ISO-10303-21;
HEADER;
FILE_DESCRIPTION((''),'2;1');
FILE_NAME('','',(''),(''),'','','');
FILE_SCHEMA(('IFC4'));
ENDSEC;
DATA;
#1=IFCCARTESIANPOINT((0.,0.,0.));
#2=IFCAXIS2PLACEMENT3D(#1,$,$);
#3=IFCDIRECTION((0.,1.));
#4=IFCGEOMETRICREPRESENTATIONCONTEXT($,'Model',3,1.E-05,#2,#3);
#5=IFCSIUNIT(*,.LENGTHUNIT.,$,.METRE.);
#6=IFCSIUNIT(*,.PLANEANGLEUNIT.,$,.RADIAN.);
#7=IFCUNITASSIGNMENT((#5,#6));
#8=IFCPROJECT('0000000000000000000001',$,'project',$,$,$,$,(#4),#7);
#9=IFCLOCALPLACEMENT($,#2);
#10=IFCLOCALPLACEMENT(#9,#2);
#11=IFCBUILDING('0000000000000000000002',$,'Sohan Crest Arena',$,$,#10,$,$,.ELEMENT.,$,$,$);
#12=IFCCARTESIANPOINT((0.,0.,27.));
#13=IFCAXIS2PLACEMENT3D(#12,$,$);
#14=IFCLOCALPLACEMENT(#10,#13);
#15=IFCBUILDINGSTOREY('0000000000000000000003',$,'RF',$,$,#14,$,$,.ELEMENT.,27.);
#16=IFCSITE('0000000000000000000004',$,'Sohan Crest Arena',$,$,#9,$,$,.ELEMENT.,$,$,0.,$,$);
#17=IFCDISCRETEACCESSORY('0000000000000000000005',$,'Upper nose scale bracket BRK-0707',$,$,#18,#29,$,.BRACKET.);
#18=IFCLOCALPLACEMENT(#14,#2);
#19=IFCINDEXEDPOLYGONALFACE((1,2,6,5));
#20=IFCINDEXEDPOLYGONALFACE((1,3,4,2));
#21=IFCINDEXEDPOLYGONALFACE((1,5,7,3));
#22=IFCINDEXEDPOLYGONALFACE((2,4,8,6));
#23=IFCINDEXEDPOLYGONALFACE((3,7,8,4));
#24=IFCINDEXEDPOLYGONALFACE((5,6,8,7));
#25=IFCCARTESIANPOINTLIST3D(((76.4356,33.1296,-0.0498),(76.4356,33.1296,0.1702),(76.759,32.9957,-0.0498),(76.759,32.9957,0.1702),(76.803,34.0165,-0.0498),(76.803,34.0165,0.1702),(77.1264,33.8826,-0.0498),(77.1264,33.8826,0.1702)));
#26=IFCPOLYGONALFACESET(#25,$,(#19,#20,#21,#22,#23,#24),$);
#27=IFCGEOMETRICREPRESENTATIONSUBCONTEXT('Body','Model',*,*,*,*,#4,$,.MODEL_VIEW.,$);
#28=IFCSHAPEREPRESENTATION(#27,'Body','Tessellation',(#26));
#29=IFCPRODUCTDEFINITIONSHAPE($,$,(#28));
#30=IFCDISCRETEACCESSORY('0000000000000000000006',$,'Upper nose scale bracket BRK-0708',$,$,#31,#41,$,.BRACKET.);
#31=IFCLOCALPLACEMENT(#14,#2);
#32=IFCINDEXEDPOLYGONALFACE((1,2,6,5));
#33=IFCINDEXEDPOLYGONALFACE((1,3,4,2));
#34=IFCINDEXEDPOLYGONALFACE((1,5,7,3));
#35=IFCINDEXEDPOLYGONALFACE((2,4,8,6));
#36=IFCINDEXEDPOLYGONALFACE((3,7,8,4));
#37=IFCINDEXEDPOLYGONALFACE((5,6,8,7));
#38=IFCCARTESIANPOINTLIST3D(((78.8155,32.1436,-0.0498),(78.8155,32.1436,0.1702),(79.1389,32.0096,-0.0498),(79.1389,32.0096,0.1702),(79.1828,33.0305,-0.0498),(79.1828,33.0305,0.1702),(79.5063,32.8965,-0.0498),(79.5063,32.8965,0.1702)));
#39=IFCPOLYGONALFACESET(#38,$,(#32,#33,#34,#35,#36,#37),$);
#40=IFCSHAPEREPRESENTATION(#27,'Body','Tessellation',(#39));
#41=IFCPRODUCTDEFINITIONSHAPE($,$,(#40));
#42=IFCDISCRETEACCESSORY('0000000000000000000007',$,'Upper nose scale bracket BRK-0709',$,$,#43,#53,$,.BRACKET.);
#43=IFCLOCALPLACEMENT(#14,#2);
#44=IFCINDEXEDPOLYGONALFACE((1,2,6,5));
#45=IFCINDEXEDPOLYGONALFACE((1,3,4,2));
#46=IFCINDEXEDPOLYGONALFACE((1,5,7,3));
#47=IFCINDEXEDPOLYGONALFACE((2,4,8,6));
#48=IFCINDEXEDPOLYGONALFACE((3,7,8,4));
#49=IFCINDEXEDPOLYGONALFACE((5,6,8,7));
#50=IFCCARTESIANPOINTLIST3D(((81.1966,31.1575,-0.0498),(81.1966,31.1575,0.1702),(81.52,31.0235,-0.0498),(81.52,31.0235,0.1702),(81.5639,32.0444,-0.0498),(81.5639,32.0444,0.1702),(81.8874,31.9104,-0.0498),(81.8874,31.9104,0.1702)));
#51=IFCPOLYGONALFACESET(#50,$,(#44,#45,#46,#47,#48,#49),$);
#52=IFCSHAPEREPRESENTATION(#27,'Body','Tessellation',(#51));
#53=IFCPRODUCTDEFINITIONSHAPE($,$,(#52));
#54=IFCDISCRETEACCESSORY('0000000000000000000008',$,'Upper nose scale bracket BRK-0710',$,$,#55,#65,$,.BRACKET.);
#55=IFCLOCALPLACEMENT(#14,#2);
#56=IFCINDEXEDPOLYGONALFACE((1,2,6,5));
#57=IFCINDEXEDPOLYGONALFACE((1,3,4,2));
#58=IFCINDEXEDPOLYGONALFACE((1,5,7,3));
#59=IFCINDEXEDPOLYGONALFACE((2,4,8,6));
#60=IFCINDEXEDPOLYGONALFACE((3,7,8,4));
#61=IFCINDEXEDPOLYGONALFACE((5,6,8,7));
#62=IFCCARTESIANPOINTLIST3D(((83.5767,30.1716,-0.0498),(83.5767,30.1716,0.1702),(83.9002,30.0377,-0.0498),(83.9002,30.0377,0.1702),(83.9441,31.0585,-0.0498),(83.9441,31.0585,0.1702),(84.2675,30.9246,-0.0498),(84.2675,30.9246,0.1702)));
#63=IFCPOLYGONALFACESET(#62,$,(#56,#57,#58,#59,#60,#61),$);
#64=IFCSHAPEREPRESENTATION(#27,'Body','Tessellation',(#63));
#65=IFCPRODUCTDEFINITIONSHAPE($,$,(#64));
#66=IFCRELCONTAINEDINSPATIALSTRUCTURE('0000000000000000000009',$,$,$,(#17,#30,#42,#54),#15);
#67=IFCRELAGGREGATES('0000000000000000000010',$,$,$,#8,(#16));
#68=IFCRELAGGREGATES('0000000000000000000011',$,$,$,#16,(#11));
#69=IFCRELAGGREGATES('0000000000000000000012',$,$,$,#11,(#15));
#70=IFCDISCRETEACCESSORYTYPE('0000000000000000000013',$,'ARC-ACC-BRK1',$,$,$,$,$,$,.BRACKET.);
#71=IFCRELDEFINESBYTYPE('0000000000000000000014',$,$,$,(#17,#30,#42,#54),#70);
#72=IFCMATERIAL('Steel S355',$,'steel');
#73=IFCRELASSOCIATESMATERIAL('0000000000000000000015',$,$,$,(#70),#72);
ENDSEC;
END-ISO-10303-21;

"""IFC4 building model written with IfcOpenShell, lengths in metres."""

from ifc_helpers import new_model, si_unit, direction, frame, origin, origin_2d, place, context, subcontext, project, spatial, rectangle, extrude, material, type_object, element, save


model = new_model("IFC4")

# Units and contexts
model_context = context("Model", 3, precision=1e-05, world=origin(), true_north=direction((0.0, 1.0)))
body_context = subcontext(model_context, "Body", "Model", "MODEL_VIEW")
ifc_project = project(units=[si_unit("LENGTHUNIT", "METRE"), si_unit("PLANEANGLEUNIT", "RADIAN")], contexts=[model_context])

# Site, building, storey
site_placement = place(None, origin())
site = spatial("IfcSite", under=ifc_project, at=site_placement, Name="Sohan Crest Arena", CompositionType="ELEMENT", RefElevation=0.0)
building_placement = place(site_placement, origin())
building = spatial("IfcBuilding", under=site, at=building_placement, Name="Sohan Crest Arena", CompositionType="ELEMENT")
storey_placement = place(building_placement, frame((0.0, 0.0, 27.0)))
storey = spatial("IfcBuildingStorey", under=building, at=storey_placement, Name="RF", CompositionType="ELEMENT", Elevation=27.0)

# Shared definitions
ifc_material_1 = material(Name="Steel S355", Category="steel")

# Discrete accessories
discrete_accessory_type = type_object("IfcDiscreteAccessoryType", Name="ARC-ACC-BRK1", PredefinedType="BRACKET", material=ifc_material_1)
for number, where, z_axis, x_axis, name in (
    (1, (76.781, 33.5061, -0.0498), (0.0, 0.0, 1.0), (0.92388, -0.382683, 0.0), "Upper nose scale bracket BRK-0707"),
    (2, (79.1609, 32.52, -0.0498), (0.0, 0.0, 1.0), (0.92388, -0.382683, 0.0), "Upper nose scale bracket BRK-0708"),
    (3, (81.542, 31.5339, -0.0498), (0.0, 0.0, 1.0), (0.92388, -0.382683, 0.0), "Upper nose scale bracket BRK-0709"),
    (4, (83.9221, 30.5481, -0.0498), (0.0, 0.0, 1.0), (0.92388, -0.382683, 0.0), "Upper nose scale bracket BRK-0710"),
):
    element("IfcDiscreteAccessory", number, at=place(storey_placement, frame(where, z_axis=z_axis, x_axis=x_axis)), inside=storey, type_object=discrete_accessory_type, Name=name, PredefinedType="BRACKET", context=body_context, shape_type="SweptSolid", body=[
        extrude(rectangle(XDim=0.3501, YDim=0.96, at=origin_2d()), origin(), (0.0, 0.0, 1.0), 0.22),
    ])

save(model, "model.ifc")
